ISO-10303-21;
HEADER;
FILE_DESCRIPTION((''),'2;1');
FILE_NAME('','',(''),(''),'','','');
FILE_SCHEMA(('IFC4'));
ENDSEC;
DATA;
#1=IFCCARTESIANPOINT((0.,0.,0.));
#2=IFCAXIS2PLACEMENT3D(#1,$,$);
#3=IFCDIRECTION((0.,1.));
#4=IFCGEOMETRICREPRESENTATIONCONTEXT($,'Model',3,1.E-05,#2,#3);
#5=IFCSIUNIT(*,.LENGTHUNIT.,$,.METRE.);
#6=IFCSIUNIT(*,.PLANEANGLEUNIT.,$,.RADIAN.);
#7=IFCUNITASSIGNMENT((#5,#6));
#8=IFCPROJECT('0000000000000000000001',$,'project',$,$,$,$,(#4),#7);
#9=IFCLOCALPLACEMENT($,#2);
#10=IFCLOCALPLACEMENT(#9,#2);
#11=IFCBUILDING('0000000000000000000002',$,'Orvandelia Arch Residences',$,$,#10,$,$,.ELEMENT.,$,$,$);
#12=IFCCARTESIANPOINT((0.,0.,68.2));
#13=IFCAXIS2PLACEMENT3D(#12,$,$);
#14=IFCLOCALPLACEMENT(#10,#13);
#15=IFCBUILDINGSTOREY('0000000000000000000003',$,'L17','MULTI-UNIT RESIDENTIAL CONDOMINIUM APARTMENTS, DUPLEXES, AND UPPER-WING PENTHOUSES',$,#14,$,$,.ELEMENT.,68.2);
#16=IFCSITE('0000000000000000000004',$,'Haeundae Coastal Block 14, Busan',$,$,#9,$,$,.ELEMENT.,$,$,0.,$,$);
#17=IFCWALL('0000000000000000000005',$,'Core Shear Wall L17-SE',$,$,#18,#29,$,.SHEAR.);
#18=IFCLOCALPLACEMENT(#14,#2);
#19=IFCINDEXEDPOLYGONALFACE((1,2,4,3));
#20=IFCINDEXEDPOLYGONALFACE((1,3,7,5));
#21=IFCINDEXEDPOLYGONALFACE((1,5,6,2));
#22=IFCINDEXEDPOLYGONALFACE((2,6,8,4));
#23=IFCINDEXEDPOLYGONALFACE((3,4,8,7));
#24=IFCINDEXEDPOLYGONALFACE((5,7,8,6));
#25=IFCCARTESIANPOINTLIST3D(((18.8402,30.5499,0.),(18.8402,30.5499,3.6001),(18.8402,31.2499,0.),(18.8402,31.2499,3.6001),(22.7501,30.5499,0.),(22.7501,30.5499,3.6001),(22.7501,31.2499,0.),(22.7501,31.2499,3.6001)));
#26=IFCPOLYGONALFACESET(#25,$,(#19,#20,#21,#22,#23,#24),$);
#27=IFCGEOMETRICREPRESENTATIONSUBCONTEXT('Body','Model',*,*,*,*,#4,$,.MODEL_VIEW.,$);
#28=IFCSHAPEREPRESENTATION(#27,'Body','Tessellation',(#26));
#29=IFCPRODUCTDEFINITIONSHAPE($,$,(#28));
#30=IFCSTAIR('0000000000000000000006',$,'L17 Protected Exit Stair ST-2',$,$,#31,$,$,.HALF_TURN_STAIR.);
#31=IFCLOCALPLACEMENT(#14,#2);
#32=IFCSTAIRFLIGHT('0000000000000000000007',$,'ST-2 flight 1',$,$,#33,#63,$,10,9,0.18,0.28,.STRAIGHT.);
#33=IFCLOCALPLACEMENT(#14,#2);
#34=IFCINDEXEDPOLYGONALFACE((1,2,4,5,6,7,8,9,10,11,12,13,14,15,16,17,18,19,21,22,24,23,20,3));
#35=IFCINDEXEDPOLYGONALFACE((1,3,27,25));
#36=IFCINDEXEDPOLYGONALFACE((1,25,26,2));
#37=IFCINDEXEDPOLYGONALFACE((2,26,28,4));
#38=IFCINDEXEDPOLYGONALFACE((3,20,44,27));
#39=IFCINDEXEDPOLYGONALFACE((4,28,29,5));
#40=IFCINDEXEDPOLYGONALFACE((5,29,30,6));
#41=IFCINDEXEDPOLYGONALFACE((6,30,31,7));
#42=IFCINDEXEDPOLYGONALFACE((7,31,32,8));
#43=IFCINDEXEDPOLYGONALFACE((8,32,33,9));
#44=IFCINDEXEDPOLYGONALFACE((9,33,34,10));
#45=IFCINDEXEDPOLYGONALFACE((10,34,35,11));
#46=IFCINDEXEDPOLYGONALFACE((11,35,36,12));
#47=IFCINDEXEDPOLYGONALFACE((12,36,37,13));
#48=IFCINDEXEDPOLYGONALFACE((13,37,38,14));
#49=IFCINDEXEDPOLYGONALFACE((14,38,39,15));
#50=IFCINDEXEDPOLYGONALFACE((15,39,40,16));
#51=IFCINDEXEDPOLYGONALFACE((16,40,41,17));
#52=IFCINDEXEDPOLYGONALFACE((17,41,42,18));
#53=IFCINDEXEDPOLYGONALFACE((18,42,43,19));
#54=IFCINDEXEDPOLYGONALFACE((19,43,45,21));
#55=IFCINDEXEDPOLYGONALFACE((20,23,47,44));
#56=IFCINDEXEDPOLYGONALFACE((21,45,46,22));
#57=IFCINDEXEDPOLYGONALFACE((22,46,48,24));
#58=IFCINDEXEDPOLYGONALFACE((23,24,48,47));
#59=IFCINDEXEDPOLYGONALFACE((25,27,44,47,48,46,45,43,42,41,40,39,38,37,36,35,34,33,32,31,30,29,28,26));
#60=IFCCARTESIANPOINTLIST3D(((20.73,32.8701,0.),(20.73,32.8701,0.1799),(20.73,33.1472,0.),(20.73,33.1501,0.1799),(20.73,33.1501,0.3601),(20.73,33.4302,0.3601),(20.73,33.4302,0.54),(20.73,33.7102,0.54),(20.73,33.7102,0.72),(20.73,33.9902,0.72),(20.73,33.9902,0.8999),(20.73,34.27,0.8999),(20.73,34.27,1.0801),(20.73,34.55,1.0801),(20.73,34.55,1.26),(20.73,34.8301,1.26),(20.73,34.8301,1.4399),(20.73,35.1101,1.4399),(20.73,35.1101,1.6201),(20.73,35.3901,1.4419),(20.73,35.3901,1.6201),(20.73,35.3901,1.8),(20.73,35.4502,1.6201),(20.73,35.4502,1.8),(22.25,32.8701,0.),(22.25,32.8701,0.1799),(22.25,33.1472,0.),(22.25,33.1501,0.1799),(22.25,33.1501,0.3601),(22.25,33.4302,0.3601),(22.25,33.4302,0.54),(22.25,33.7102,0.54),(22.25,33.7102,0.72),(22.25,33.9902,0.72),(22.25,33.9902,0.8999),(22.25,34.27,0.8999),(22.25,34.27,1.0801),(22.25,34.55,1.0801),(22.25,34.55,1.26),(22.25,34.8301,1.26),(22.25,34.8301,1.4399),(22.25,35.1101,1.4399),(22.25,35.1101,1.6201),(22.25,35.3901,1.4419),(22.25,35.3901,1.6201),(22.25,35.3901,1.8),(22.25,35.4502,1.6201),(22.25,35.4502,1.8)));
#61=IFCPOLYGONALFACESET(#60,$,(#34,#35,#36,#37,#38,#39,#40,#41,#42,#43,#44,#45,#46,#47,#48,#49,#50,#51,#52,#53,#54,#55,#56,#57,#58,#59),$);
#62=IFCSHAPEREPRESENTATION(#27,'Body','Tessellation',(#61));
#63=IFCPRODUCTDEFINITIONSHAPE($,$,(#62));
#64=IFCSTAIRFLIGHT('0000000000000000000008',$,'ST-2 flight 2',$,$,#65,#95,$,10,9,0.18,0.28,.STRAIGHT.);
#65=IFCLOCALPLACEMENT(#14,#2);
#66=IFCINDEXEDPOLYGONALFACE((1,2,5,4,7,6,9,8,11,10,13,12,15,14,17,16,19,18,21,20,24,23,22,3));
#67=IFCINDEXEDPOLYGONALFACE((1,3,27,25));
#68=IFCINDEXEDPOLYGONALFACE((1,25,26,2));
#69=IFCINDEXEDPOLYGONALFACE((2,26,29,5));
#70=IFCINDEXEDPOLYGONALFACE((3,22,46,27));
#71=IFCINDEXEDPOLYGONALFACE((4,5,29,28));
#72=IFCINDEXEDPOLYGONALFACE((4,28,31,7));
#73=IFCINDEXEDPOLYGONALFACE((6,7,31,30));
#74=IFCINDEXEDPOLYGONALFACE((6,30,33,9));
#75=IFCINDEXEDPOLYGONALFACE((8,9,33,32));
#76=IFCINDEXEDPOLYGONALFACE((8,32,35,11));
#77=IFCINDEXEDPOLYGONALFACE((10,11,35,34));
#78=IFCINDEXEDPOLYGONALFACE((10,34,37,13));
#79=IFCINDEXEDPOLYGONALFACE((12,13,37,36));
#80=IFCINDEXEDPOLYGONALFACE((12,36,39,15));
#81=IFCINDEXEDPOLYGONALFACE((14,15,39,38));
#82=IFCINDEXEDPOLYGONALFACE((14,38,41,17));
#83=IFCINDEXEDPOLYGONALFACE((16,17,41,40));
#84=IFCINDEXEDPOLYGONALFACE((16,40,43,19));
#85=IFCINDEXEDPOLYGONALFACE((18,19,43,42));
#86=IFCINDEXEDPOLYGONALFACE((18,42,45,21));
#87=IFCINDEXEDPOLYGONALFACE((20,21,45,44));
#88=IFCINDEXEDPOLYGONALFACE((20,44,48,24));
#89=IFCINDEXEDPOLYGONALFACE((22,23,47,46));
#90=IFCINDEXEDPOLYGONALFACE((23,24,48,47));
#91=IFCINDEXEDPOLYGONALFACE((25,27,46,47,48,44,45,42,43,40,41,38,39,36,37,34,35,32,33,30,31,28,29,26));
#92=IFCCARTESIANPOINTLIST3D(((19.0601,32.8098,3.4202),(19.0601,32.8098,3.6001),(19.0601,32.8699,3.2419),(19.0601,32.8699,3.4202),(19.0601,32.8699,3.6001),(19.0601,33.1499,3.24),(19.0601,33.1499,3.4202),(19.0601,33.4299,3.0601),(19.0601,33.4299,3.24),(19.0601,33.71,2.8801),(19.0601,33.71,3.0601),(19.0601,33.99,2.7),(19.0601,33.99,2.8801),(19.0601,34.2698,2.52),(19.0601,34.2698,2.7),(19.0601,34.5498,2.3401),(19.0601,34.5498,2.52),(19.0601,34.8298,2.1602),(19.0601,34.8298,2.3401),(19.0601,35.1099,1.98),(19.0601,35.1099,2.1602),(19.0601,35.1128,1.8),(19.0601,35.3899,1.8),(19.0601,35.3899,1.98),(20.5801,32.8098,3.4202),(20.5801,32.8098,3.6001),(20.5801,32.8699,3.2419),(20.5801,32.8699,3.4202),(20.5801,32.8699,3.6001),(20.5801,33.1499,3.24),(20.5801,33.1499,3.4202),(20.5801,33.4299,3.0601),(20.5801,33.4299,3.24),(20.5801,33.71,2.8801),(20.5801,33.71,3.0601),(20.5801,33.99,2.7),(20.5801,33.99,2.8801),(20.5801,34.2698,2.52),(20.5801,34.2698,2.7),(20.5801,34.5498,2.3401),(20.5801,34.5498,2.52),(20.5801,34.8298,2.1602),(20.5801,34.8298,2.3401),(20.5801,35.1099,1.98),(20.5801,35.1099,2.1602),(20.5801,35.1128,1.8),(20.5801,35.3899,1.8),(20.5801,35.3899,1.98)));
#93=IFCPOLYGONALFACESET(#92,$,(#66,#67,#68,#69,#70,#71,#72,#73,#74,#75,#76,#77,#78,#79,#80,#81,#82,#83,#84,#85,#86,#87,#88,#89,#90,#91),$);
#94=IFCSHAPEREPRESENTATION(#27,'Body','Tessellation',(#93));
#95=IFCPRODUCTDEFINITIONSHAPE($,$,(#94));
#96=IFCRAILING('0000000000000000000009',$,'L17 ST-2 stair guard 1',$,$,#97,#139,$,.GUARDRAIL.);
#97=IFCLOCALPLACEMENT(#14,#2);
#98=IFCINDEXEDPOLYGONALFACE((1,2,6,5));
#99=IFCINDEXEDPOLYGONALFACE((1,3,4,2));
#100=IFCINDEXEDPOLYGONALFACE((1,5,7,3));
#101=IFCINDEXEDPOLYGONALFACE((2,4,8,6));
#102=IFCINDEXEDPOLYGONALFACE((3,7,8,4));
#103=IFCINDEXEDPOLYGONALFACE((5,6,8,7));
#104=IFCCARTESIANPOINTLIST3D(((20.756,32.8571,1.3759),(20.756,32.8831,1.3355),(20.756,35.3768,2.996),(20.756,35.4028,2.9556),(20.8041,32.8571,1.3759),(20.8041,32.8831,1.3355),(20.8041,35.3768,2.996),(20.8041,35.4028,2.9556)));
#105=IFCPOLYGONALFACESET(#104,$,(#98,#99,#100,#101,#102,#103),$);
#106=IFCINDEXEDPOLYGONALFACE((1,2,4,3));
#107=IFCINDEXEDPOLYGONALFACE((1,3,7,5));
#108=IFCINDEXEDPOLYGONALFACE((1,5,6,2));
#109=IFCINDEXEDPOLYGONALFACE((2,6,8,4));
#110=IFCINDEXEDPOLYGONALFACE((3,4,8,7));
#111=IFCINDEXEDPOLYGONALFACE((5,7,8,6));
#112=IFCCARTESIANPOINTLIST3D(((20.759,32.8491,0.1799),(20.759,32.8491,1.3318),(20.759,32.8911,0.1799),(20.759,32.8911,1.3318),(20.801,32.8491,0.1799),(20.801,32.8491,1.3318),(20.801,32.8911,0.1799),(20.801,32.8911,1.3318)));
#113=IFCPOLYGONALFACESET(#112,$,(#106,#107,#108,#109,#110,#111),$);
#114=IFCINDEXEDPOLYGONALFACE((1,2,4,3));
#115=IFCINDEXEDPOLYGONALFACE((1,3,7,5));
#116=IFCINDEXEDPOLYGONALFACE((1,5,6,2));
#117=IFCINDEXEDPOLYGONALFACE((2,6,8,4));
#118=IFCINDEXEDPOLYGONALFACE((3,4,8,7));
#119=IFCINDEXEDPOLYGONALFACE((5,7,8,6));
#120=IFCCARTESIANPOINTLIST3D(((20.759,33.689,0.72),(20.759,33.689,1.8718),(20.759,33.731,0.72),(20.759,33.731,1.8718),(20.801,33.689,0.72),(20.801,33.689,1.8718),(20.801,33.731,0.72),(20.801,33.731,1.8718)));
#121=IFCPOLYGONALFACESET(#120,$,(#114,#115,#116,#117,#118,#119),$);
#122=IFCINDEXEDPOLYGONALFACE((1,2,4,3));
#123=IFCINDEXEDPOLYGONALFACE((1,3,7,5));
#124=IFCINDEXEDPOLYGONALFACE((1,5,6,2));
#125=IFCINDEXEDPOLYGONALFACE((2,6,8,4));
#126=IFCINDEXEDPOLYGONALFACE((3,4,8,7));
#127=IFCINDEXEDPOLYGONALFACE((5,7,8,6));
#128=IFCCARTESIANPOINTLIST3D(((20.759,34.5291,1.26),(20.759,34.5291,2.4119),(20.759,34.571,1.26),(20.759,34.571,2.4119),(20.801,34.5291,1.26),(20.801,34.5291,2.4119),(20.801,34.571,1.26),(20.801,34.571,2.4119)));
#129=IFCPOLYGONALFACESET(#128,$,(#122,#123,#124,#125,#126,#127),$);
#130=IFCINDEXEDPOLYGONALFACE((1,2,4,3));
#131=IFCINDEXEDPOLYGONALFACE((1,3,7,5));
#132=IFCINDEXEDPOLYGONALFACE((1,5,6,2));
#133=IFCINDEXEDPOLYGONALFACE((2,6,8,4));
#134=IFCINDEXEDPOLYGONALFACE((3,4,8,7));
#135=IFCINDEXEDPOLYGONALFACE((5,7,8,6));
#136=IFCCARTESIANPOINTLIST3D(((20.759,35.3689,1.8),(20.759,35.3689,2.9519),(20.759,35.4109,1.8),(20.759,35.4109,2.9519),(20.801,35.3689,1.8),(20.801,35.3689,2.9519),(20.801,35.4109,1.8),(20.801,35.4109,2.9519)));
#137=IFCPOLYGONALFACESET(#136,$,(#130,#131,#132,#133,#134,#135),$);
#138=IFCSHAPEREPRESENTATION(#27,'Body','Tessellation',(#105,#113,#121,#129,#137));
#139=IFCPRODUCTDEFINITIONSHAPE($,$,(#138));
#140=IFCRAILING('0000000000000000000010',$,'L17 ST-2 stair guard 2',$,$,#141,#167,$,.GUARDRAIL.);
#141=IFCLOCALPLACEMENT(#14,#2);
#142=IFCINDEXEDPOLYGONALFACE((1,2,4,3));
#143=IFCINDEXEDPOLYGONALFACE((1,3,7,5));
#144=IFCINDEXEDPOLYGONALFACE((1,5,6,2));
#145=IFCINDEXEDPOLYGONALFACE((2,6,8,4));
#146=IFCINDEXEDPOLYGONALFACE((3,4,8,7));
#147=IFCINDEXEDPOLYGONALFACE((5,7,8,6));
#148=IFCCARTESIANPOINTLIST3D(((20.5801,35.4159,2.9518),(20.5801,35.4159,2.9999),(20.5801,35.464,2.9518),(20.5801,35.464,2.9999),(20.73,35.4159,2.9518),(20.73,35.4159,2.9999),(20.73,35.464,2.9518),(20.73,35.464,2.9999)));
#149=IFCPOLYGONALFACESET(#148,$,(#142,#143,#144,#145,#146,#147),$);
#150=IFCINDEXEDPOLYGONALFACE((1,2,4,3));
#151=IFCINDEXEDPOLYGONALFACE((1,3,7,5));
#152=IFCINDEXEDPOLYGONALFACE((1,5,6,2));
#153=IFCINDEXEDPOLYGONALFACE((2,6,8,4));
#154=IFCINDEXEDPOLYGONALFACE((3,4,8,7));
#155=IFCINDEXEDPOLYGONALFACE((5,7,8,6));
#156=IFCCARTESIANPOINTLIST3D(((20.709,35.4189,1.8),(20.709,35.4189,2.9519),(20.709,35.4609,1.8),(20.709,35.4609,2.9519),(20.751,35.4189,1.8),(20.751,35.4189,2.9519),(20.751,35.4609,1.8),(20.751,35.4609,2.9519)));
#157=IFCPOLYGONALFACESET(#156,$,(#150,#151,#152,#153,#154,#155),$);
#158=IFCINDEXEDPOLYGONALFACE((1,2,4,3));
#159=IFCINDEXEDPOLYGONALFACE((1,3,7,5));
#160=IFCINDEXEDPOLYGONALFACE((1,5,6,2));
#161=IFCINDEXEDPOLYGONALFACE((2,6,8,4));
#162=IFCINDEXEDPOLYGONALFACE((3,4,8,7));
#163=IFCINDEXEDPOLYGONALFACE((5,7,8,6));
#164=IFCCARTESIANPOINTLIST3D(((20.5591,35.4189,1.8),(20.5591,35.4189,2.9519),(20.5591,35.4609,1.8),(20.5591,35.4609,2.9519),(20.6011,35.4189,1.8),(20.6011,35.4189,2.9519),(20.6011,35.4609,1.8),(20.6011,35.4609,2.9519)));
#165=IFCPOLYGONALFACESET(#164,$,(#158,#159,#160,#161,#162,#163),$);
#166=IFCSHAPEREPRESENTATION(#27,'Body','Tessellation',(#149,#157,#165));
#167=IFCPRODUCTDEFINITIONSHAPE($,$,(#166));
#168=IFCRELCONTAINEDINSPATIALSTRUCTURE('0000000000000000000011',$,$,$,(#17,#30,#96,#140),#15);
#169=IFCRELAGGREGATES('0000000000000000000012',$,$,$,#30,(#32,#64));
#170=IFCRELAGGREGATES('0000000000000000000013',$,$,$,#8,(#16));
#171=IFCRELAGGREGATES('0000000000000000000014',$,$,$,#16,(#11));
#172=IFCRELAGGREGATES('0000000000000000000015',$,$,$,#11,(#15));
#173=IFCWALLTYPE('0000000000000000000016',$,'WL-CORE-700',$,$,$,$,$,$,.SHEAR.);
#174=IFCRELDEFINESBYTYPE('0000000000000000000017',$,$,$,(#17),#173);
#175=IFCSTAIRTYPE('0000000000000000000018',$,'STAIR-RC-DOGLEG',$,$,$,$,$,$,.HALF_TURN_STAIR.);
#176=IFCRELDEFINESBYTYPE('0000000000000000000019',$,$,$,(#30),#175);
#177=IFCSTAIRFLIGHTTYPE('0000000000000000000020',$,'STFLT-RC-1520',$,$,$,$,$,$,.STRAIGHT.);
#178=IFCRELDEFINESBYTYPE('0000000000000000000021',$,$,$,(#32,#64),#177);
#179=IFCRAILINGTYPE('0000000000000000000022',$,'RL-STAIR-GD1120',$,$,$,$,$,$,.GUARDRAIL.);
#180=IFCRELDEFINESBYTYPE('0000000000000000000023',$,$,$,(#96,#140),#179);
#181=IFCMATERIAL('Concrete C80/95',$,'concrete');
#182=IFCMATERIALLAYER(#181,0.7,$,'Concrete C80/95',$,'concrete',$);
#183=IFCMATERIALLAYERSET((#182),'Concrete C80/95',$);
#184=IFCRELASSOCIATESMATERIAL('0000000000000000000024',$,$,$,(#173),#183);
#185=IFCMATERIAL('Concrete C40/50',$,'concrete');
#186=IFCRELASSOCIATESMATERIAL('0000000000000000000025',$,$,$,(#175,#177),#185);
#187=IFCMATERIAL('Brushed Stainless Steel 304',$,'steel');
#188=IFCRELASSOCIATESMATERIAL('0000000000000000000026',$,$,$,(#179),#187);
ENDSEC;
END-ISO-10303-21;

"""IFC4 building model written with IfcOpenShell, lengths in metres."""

from ifc_helpers import new_model, si_unit, direction, frame, frame_2d, origin, origin_2d, place, context, subcontext, project, spatial, polyline, rectangle, outline, extrude, material, layer, layer_set, type_object, element, aggregate, save


model = new_model("IFC4")

# Units and contexts
model_context = context("Model", 3, precision=1e-05, world=origin(), true_north=direction((0.0, 1.0)))
body_context = subcontext(model_context, "Body", "Model", "MODEL_VIEW")
ifc_project = project(units=[si_unit("LENGTHUNIT", "METRE"), si_unit("PLANEANGLEUNIT", "RADIAN")], contexts=[model_context])

# Site, building, storey
site_placement = place(None, origin())
site = spatial("IfcSite", under=ifc_project, at=site_placement, Name="Haeundae Coastal Block 14, Busan", CompositionType="ELEMENT", RefElevation=0.0)
building_placement = place(site_placement, origin())
building = spatial("IfcBuilding", under=site, at=building_placement, Name="Orvandelia Arch Residences", CompositionType="ELEMENT")
storey_placement = place(building_placement, frame((0.0, 0.0, 68.2)))
storey = spatial("IfcBuildingStorey", under=building, at=storey_placement, Name="L17", Description="MULTI-UNIT RESIDENTIAL CONDOMINIUM APARTMENTS, DUPLEXES, AND UPPER-WING PENTHOUSES", CompositionType="ELEMENT", Elevation=68.2)

# Shared definitions
ifc_material_1 = material(Name="Concrete C80/95", Category="concrete")

# Shared definitions
ifc_layer_1 = layer(ifc_material_1, 0.7, Name="Concrete C80/95", Category="concrete")
ifc_layer_set_1 = layer_set([ifc_layer_1], Name="Concrete C80/95")
wall_type_1 = type_object("IfcWallType", Name="WL-CORE-700", PredefinedType="SHEAR", material=ifc_layer_set_1)

# Wall
wall_1_placement = place(storey_placement, frame((18.8401, 30.8999, 0.0), z_axis=(0.0, 0.0, 1.0), x_axis=(1.0, 0.0, 0.0)))
element("IfcWall", 1, at=wall_1_placement, inside=storey, type_object=wall_type_1, Name="Core Shear Wall L17-SE", PredefinedType="SHEAR", context=body_context, shape_type="SweptSolid", body=[
    extrude(rectangle(XDim=3.9099, YDim=0.7, at=frame_2d((1.9551, 0.0))), origin(), (0.0, 0.0, 1.0), 3.6001),
])

# Stair, stair flights
ifc_material_2 = material(Name="Concrete C40/50", Category="concrete")
stair_type = type_object("IfcStairType", Name="STAIR-RC-DOGLEG", PredefinedType="HALF_TURN_STAIR", material=ifc_material_2)
stair_placement = place(storey_placement, origin())
stair = element("IfcStair", 2, at=stair_placement, inside=storey, type_object=stair_type, Name="L17 Protected Exit Stair ST-2", PredefinedType="HALF_TURN_STAIR")
stair_flight_type = type_object("IfcStairFlightType", Name="STFLT-RC-1520", PredefinedType="STRAIGHT", material=ifc_material_2)
stair_flight_1_placement = place(storey_placement, frame((21.49, 32.8701, 0.0), z_axis=(0.0, 0.0, 1.0), x_axis=(0.0, 1.0, 0.0)))
stair_flight_1 = element("IfcStairFlight", 3, at=stair_flight_1_placement, type_object=stair_flight_type, Name="ST-2 flight 1", NumberOfRisers=10, NumberOfTreads=9, PredefinedType="STRAIGHT", RiserHeight=0.18, TreadLength=0.28, context=body_context, shape_type="SweptSolid", body=[
    extrude(outline(polyline([(0.0, 0.0), (0.0, 0.1799), (0.28, 0.1799), (0.28, 0.3601), (0.5601, 0.3601), (0.5601, 0.54), (0.8401, 0.54), (0.8401, 0.72), (1.1201, 0.72), (1.1201, 0.8999), (1.3999, 0.8999), (1.3999, 1.0801), (1.6799, 1.0801), (1.6799, 1.26), (1.96, 1.26), (1.96, 1.4399), (2.24, 1.4399), (2.24, 1.6201), (2.52, 1.6201), (2.52, 1.8), (2.5801, 1.8), (2.5801, 1.6201), (2.52, 1.4419), (0.2771, 0.0), (0.0, 0.0)])), frame((0.0, 0.76, 0.0), z_axis=(0.0, -1.0, 0.0), x_axis=(1.0, 0.0, 0.0)), (0.0, 0.0, 1.0), 1.52),
])
stair_flight_2_placement = place(storey_placement, frame((19.8201, 35.3899, 1.8), z_axis=(0.0, 0.0, 1.0), x_axis=(0.0, -1.0, 0.0)))
stair_flight_2 = element("IfcStairFlight", 4, at=stair_flight_2_placement, type_object=stair_flight_type, Name="ST-2 flight 2", NumberOfRisers=10, NumberOfTreads=9, PredefinedType="STRAIGHT", RiserHeight=0.18, TreadLength=0.28, context=body_context, shape_type="SweptSolid", body=[
    extrude(outline(polyline([(0.0, 0.0), (0.0, 0.1799), (0.28, 0.1799), (0.28, 0.3601), (0.5601, 0.3601), (0.5601, 0.54), (0.8401, 0.54), (0.8401, 0.72), (1.1201, 0.72), (1.1201, 0.8999), (1.3999, 0.8999), (1.3999, 1.0801), (1.6799, 1.0801), (1.6799, 1.26), (1.96, 1.26), (1.96, 1.4399), (2.24, 1.4399), (2.24, 1.6201), (2.52, 1.6201), (2.52, 1.8), (2.5801, 1.8), (2.5801, 1.6201), (2.52, 1.4419), (0.2771, 0.0), (0.0, 0.0)])), frame((0.0, 0.76, 0.0), z_axis=(0.0, -1.0, 0.0), x_axis=(1.0, 0.0, 0.0)), (0.0, 0.0, 1.0), 1.52),
])
aggregate(stair, [stair_flight_1, stair_flight_2])

# Railings
ifc_material_3 = material(Name="Brushed Stainless Steel 304", Category="steel")
railing_type_1 = type_object("IfcRailingType", Name="RL-STAIR-GD1120", PredefinedType="GUARDRAIL", material=ifc_material_3)
railing_1_placement = place(storey_placement, frame((20.78, 32.8701, 0.1799)))
element("IfcRailing", 5, at=railing_1_placement, inside=storey, type_object=railing_type_1, Name="L17 ST-2 stair guard 1", PredefinedType="GUARDRAIL", context=body_context, shape_type="SweptSolid", body=[
    extrude(rectangle(XDim=0.0481, YDim=0.0481, at=origin_2d()), frame((0.0, 0.0, 1.1758), z_axis=(0.0, 0.841139, 0.540819), x_axis=(-1.0, 0.0, 0.0)), (0.0, 0.0, 1.0), 2.9956),
    extrude(rectangle(XDim=0.042, YDim=0.042, at=origin_2d()), origin(), (0.0, 0.0, 1.0), 1.1519),
    extrude(rectangle(XDim=0.042, YDim=0.042, at=origin_2d()), frame((0.0, 0.8398, 0.54)), (0.0, 0.0, 1.0), 1.1519),
    extrude(rectangle(XDim=0.042, YDim=0.042, at=origin_2d()), frame((0.0, 1.6799, 1.0801)), (0.0, 0.0, 1.0), 1.1519),
    extrude(rectangle(XDim=0.042, YDim=0.042, at=origin_2d()), frame((0.0, 2.5198, 1.6201)), (0.0, 0.0, 1.0), 1.1519),
])
railing_2_placement = place(storey_placement, frame((20.73, 35.4399, 1.8)))
element("IfcRailing", 6, at=railing_2_placement, inside=storey, type_object=railing_type_1, Name="L17 ST-2 stair guard 2", PredefinedType="GUARDRAIL", context=body_context, shape_type="SweptSolid", body=[
    extrude(rectangle(XDim=0.0481, YDim=0.0481, at=origin_2d()), frame((0.0, 0.0, 1.1758), z_axis=(-1.0, 0.0, 0.0), x_axis=(0.0, -1.0, 0.0)), (0.0, 0.0, 1.0), 0.1499),
    extrude(rectangle(XDim=0.042, YDim=0.042, at=origin_2d()), origin(), (0.0, 0.0, 1.0), 1.1519),
    extrude(rectangle(XDim=0.042, YDim=0.042, at=origin_2d()), frame((-0.1499, 0.0, 0.0)), (0.0, 0.0, 1.0), 1.1519),
])

save(model, "model.ifc")
